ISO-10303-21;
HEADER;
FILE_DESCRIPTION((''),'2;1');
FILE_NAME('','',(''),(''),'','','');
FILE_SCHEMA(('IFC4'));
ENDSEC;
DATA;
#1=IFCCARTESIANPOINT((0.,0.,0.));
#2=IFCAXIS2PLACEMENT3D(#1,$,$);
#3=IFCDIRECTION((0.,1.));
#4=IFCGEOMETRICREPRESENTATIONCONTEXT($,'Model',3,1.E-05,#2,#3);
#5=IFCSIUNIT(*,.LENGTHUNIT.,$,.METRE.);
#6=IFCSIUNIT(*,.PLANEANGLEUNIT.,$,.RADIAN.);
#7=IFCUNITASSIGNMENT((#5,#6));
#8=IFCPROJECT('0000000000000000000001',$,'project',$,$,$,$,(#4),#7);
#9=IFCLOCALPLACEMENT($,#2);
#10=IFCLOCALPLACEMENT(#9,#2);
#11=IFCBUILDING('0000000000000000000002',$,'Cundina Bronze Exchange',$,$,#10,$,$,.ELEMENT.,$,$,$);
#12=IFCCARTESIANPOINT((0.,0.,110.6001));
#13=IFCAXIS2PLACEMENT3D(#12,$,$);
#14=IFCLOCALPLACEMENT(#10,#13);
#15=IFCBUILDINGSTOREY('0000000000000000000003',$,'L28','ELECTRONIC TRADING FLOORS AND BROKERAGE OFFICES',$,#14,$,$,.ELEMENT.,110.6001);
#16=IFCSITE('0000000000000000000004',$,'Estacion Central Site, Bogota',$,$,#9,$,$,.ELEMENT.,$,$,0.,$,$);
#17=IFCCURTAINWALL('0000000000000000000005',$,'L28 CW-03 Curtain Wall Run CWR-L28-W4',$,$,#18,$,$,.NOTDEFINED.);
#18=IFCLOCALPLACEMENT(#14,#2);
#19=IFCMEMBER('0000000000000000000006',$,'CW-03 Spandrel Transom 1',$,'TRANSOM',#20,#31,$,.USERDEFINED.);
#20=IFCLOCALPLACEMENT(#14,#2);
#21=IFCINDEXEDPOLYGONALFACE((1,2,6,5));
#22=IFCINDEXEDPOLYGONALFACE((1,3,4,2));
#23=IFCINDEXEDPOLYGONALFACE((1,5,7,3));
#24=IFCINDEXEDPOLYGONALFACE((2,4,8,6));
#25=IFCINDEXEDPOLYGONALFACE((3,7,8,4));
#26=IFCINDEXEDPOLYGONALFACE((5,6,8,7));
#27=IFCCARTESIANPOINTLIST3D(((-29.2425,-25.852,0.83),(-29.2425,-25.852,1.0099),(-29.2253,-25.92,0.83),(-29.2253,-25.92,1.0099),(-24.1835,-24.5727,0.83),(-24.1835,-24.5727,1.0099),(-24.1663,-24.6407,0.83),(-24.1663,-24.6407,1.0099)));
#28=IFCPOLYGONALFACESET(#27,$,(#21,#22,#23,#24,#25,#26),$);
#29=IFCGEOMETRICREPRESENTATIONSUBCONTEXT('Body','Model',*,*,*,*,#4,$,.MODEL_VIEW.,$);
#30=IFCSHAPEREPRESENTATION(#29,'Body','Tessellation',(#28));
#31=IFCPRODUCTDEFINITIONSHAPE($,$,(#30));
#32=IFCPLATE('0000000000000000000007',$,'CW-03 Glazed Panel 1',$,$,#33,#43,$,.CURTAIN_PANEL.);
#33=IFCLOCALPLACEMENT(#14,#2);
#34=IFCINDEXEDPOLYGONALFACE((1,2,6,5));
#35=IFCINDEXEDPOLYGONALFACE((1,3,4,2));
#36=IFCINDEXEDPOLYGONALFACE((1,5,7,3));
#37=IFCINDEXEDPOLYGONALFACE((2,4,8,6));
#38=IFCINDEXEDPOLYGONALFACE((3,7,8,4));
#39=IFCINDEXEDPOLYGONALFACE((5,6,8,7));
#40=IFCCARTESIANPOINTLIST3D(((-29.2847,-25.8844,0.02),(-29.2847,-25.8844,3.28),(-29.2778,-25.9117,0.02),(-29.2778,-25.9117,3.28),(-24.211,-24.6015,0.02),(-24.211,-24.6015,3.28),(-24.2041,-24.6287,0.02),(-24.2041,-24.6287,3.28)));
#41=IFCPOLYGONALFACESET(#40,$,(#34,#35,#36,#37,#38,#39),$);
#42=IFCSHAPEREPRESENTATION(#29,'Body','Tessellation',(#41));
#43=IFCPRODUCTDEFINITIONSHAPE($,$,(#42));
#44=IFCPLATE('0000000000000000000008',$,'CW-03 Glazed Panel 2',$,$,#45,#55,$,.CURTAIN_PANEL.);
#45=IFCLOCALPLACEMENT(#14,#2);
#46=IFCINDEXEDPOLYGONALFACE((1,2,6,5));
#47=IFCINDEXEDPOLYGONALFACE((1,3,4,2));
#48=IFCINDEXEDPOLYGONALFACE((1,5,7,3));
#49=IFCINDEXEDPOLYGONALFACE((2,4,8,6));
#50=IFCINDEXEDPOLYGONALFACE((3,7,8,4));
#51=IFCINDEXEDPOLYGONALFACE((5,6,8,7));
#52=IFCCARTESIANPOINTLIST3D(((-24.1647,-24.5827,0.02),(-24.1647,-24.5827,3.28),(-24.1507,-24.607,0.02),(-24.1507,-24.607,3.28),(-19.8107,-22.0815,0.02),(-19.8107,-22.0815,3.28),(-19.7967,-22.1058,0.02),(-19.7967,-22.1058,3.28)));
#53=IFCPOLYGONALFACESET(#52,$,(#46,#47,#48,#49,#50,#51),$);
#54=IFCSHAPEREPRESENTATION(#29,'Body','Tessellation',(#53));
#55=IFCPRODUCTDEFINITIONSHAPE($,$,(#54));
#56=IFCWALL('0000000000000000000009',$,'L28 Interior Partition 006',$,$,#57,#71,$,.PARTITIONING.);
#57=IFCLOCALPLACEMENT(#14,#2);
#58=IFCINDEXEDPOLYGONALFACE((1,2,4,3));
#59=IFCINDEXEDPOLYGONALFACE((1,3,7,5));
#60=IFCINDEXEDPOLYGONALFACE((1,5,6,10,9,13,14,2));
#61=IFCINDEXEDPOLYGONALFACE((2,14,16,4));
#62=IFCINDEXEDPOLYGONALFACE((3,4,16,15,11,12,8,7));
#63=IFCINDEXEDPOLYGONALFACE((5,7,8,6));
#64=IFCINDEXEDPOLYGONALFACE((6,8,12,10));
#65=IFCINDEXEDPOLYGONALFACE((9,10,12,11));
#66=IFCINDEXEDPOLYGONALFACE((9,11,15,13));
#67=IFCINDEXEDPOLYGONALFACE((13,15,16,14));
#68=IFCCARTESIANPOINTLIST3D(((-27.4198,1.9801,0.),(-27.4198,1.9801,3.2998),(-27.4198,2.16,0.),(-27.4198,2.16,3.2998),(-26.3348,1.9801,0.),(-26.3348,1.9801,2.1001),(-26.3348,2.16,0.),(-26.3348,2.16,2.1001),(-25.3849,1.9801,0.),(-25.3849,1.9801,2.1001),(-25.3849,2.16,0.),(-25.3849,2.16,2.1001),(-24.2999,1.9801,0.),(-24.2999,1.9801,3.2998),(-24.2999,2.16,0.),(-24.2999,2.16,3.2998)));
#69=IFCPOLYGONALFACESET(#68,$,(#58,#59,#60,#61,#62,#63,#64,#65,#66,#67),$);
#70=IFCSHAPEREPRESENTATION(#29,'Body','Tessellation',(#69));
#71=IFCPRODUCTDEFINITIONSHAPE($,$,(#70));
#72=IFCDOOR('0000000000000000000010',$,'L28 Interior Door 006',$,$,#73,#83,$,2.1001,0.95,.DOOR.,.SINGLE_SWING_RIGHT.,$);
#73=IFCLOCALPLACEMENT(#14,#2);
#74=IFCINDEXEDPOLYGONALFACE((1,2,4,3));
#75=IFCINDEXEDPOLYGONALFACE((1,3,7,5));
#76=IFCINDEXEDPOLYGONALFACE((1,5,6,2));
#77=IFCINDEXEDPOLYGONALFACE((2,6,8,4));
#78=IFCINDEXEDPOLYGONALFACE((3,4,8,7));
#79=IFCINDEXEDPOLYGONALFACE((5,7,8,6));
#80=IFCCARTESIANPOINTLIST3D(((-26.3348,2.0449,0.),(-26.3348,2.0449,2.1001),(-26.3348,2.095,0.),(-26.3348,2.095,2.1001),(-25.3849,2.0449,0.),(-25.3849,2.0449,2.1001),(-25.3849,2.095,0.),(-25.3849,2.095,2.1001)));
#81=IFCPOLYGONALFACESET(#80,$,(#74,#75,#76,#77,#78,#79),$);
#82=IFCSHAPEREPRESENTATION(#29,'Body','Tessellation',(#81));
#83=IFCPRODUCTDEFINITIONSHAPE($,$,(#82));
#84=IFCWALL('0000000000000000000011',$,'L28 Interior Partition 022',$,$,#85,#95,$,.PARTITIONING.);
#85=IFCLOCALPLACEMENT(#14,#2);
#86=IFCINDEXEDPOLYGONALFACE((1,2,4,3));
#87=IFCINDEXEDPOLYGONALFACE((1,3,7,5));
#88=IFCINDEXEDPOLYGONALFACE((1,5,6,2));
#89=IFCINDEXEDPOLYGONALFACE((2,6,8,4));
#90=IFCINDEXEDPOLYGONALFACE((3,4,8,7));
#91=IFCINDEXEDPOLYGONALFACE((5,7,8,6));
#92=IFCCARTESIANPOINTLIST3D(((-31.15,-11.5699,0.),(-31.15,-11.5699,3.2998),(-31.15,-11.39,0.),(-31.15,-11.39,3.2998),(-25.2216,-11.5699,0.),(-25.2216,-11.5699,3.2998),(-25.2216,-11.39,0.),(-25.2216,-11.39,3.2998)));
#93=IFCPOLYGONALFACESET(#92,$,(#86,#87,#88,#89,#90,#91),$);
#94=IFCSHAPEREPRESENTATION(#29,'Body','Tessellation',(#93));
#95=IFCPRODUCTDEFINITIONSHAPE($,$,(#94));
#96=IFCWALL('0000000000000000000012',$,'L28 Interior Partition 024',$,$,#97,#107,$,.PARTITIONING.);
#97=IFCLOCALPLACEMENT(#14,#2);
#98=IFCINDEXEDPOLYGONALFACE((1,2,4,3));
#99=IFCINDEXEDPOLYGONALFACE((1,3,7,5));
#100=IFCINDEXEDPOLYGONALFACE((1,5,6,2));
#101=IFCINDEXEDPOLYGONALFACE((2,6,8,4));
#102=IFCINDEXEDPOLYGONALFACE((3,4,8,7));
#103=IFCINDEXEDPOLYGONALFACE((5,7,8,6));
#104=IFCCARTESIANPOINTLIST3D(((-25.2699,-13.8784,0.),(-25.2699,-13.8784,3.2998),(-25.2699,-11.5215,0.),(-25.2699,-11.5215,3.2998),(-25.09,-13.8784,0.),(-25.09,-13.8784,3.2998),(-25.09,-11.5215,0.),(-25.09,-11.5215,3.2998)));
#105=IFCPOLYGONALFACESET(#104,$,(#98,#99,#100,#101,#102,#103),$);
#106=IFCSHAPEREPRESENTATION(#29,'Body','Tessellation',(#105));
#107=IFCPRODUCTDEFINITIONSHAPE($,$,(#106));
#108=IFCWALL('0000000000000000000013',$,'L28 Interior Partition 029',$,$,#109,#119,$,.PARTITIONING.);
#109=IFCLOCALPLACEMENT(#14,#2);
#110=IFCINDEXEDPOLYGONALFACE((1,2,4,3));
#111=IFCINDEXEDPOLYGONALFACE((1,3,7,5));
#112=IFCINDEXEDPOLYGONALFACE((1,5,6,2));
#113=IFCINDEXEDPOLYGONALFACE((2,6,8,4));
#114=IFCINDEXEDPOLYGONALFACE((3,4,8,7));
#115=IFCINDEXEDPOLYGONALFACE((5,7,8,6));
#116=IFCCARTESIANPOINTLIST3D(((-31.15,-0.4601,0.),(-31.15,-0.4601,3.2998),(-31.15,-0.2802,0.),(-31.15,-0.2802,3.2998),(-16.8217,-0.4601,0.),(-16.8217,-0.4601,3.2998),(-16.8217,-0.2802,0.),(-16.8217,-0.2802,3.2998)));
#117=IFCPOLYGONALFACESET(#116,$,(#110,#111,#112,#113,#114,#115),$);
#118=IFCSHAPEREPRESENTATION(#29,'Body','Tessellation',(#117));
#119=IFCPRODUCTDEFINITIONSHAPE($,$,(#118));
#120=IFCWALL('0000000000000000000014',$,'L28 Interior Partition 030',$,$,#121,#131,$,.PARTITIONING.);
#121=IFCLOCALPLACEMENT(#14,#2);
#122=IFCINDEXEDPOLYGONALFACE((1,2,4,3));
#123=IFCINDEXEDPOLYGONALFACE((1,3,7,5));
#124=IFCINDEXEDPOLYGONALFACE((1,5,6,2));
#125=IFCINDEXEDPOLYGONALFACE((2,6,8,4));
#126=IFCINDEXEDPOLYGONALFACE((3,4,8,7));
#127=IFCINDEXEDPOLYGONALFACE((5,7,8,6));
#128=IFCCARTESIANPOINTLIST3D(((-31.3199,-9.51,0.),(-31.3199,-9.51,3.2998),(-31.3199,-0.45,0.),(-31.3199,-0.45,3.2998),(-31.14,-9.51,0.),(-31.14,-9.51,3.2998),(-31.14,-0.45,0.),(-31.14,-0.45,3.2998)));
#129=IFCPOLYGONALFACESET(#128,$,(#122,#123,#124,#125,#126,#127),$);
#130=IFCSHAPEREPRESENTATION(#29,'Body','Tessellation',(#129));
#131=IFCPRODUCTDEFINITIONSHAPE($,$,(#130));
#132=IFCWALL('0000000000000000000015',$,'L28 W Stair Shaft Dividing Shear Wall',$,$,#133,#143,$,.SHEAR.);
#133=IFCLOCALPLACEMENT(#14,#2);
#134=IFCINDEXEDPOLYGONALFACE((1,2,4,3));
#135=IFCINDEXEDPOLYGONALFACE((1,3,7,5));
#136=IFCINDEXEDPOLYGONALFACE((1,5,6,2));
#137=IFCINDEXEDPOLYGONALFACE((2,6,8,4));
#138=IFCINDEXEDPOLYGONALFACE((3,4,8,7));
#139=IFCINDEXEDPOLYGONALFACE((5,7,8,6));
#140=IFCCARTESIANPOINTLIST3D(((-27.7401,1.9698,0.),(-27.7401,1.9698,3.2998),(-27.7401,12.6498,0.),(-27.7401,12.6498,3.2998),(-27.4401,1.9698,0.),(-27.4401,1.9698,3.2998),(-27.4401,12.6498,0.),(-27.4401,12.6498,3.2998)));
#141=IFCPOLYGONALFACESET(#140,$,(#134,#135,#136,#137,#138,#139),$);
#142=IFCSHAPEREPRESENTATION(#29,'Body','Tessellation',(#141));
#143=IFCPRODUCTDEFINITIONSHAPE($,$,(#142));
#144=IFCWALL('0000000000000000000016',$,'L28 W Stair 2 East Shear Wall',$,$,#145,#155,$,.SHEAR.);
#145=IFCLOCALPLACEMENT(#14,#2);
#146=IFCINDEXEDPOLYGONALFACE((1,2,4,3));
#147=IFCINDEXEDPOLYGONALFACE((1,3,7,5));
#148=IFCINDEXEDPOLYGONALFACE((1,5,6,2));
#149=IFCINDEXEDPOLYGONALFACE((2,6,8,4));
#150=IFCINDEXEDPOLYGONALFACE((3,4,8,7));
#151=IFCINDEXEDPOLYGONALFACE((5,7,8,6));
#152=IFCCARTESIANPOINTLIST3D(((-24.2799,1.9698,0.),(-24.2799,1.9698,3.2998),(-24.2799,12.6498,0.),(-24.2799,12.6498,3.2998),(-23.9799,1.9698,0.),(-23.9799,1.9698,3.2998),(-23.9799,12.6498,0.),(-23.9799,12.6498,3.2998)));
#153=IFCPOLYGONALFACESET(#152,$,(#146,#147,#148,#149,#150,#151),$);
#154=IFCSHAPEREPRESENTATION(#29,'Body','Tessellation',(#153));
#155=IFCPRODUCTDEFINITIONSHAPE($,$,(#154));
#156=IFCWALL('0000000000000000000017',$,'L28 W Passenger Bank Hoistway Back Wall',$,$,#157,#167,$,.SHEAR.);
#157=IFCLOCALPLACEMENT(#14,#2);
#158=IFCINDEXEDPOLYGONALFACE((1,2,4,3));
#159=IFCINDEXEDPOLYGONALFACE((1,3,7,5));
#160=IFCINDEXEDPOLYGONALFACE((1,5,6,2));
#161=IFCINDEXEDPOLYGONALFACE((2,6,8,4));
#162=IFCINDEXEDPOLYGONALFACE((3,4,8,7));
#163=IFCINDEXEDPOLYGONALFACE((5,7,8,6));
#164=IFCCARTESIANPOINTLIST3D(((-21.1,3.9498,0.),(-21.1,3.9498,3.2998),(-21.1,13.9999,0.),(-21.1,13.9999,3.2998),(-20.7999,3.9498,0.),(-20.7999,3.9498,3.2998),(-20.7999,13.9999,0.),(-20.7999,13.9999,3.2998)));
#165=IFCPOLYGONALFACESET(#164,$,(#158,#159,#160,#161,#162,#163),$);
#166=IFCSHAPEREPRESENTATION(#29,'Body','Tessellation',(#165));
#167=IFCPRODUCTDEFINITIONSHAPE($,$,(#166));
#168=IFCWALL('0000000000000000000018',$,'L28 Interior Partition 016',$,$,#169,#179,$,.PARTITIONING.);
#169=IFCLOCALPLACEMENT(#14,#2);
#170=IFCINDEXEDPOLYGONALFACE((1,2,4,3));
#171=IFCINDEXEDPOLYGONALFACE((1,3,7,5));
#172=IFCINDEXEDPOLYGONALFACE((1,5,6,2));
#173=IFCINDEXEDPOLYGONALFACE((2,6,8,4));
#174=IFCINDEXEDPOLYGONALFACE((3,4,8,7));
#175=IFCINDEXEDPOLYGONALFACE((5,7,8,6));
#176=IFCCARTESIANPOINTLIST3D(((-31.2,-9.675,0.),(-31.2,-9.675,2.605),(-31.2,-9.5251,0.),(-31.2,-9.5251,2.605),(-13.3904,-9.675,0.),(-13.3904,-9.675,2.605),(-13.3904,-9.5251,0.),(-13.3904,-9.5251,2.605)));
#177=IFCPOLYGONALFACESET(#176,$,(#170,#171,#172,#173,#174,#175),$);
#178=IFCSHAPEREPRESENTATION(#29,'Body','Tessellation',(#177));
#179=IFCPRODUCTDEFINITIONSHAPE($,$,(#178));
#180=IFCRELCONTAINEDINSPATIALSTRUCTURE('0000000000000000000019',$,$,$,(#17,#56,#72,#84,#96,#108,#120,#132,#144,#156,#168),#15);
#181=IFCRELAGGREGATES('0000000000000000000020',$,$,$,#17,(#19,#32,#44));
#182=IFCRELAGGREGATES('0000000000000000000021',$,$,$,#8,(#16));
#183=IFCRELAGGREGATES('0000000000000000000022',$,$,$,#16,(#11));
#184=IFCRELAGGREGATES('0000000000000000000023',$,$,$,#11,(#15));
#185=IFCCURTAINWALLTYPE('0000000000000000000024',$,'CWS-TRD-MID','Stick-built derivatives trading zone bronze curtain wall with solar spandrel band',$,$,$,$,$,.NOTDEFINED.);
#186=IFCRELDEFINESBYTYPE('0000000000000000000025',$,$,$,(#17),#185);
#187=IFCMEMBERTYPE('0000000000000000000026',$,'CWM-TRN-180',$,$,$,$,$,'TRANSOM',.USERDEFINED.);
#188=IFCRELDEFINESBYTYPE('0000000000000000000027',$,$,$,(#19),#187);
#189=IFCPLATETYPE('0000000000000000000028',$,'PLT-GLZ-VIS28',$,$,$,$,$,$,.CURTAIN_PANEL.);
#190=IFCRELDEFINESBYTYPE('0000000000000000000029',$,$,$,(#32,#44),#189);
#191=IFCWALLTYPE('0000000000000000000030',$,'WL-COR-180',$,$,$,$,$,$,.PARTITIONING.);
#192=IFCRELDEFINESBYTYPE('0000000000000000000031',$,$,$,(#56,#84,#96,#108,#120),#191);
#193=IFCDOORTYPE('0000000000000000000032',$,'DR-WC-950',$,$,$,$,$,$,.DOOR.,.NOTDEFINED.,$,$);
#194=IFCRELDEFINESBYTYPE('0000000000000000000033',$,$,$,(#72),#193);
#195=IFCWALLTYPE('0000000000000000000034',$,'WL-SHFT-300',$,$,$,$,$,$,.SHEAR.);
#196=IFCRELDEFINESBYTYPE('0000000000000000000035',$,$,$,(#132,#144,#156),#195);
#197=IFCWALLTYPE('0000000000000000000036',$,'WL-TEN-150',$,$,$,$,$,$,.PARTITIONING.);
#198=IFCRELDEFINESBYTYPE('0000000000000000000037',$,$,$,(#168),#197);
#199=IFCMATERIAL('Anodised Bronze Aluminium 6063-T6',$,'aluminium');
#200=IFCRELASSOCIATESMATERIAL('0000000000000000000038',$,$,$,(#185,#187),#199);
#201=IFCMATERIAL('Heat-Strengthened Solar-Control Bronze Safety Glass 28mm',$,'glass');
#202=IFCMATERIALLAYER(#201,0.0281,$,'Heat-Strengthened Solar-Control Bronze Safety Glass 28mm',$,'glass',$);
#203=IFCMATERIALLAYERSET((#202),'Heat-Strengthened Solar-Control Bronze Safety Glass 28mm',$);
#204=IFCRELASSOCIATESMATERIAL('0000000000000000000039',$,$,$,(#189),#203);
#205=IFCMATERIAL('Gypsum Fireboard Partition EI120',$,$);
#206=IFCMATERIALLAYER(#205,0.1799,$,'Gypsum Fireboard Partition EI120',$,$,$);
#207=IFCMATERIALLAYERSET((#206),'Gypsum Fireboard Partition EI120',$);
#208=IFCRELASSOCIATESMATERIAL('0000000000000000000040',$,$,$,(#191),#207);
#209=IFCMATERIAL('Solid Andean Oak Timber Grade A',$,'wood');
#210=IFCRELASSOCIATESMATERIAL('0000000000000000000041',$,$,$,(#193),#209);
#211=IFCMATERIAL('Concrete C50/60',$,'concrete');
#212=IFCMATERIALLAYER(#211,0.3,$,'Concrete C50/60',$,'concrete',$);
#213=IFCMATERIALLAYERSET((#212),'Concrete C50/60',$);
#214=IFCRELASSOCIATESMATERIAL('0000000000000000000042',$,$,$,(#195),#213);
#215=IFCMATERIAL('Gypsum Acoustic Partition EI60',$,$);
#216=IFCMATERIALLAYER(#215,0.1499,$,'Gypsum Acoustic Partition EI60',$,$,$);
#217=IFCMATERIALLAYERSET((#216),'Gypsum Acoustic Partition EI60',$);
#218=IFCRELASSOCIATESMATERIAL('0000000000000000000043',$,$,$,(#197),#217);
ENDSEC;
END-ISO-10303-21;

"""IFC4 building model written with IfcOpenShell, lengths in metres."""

from ifc_helpers import new_model, si_unit, direction, frame, frame_2d, origin, origin_2d, place, context, subcontext, project, spatial, rectangle, extrude, material, layer, layer_set, material_profile, profile_set, type_object, element, fill, aggregate, save


model = new_model("IFC4")

# Units and contexts
model_context = context("Model", 3, precision=1e-05, world=origin(), true_north=direction((0.0, 1.0)))
body_context = subcontext(model_context, "Body", "Model", "MODEL_VIEW")
ifc_project = project(units=[si_unit("LENGTHUNIT", "METRE"), si_unit("PLANEANGLEUNIT", "RADIAN")], contexts=[model_context])

# Site, building, storey
site_placement = place(None, origin())
site = spatial("IfcSite", under=ifc_project, at=site_placement, Name="Estacion Central Site, Bogota", CompositionType="ELEMENT", RefElevation=0.0)
building_placement = place(site_placement, origin())
building = spatial("IfcBuilding", under=site, at=building_placement, Name="Cundina Bronze Exchange", CompositionType="ELEMENT")
storey_placement = place(building_placement, frame((0.0, 0.0, 110.6001)))
storey = spatial("IfcBuildingStorey", under=building, at=storey_placement, Name="L28", Description="ELECTRONIC TRADING FLOORS AND BROKERAGE OFFICES", CompositionType="ELEMENT", Elevation=110.6001)

# Shared definitions
ifc_material_1 = material(Name="Anodised Bronze Aluminium 6063-T6", Category="aluminium")
curtain_wall_type = type_object("IfcCurtainWallType", Name="CWS-TRD-MID", Description="Stick-built derivatives trading zone bronze curtain wall with solar spandrel band", PredefinedType="NOTDEFINED", material=ifc_material_1)

# Curtain wall, member, plates
curtain_wall_1_placement = place(storey_placement, origin())
curtain_wall_1 = element("IfcCurtainWall", 1, at=curtain_wall_1_placement, inside=storey, type_object=curtain_wall_type, Name="L28 CW-03 Curtain Wall Run CWR-L28-W4", PredefinedType="NOTDEFINED")
ifc_material_profile_1 = material_profile(ifc_material_1, rectangle(XDim=0.0701, YDim=0.1799, at=origin_2d()), Name="AL70X180", Category="aluminium")
ifc_profile_set_1 = profile_set([ifc_material_profile_1], Name="Anodised Bronze Aluminium 6063-T6")
member_type_1 = type_object("IfcMemberType", Name="CWM-TRN-180", ElementType="TRANSOM", PredefinedType="USERDEFINED", material=ifc_profile_set_1)
member_1_placement = place(storey_placement, frame((-29.2339, -25.886, 0.9199), z_axis=(0.969484, 0.245155, 0.0), x_axis=(-0.245155, 0.969484, 0.0)))
member_1 = element("IfcMember", 2, at=member_1_placement, type_object=member_type_1, Name="CW-03 Spandrel Transom 1", ObjectType="TRANSOM", PredefinedType="USERDEFINED", context=body_context, shape_type="SweptSolid", body=[
    extrude(rectangle(XDim=0.0701, YDim=0.1799, at=origin_2d()), origin(), (0.0, 0.0, 1.0), 5.2183),
])
ifc_material_2 = material(Name="Heat-Strengthened Solar-Control Bronze Safety Glass 28mm", Category="glass")
ifc_layer_1 = layer(ifc_material_2, 0.0281, Name="Heat-Strengthened Solar-Control Bronze Safety Glass 28mm", Category="glass")
ifc_layer_set_1 = layer_set([ifc_layer_1], Name="Heat-Strengthened Solar-Control Bronze Safety Glass 28mm")
plate_type = type_object("IfcPlateType", Name="PLT-GLZ-VIS28", PredefinedType="CURTAIN_PANEL", material=ifc_layer_set_1)
plate_1_placement = place(storey_placement, frame((-26.7444, -25.2566, 0.02), z_axis=(0.0, 0.0, 1.0), x_axis=(0.969488, 0.245138, 0.0)))
plate_1 = element("IfcPlate", 3, at=plate_1_placement, type_object=plate_type, Name="CW-03 Glazed Panel 1", PredefinedType="CURTAIN_PANEL", context=body_context, shape_type="SweptSolid", body=[
    extrude(rectangle(XDim=5.2334, YDim=0.0281, at=origin_2d()), origin(), (0.0, 0.0, 1.0), 3.26),
])
plate_2_placement = place(storey_placement, frame((-21.9807, -23.3442, 0.02), z_axis=(0.0, 0.0, 1.0), x_axis=(0.867105, 0.498125, 0.0)))
plate_2 = element("IfcPlate", 4, at=plate_2_placement, type_object=plate_type, Name="CW-03 Glazed Panel 2", PredefinedType="CURTAIN_PANEL", context=body_context, shape_type="SweptSolid", body=[
    extrude(rectangle(XDim=5.0212, YDim=0.0281, at=origin_2d()), origin(), (0.0, 0.0, 1.0), 3.26),
])
aggregate(curtain_wall_1, [member_1, plate_1, plate_2])

# Wall, opening, door
ifc_material_3 = material(Name="Gypsum Fireboard Partition EI120")
ifc_layer_2 = layer(ifc_material_3, 0.1799, Name="Gypsum Fireboard Partition EI120")
ifc_layer_set_2 = layer_set([ifc_layer_2], Name="Gypsum Fireboard Partition EI120")
wall_type_1 = type_object("IfcWallType", Name="WL-COR-180", PredefinedType="PARTITIONING", material=ifc_layer_set_2)
wall_1_placement = place(storey_placement, frame((-27.4199, 2.0701, 0.0), z_axis=(0.0, 0.0, 1.0), x_axis=(1.0, 0.0, 0.0)))
wall_1 = element("IfcWall", 5, at=wall_1_placement, inside=storey, type_object=wall_type_1, Name="L28 Interior Partition 006", PredefinedType="PARTITIONING", context=body_context, shape_type="SweptSolid", body=[
    extrude(rectangle(XDim=3.1199, YDim=0.1799, at=frame_2d((1.5601, 0.0))), origin(), (0.0, 0.0, 1.0), 3.2998),
])
opening_1_placement = place(wall_1_placement, frame((1.085, 0.0, 0.0)))
opening_1 = element("IfcOpeningElement", 6, at=opening_1_placement, cuts=wall_1, PredefinedType="OPENING", context=body_context, shape_type="SweptSolid", body=[
    extrude(rectangle(XDim=0.95, YDim=2.1001, at=frame_2d((0.4751, 1.05))), frame((0.0, 0.0999, 0.0), z_axis=(0.0, -1.0, 0.0), x_axis=(1.0, 0.0, 0.0)), (0.0, 0.0, 1.0), 0.2),
])
ifc_material_4 = material(Name="Solid Andean Oak Timber Grade A", Category="wood")
door_type_1 = type_object("IfcDoorType", Name="DR-WC-950", OperationType="NOTDEFINED", PredefinedType="DOOR", material=ifc_material_4)
door_1_placement = place(opening_1_placement, origin())
door_1 = element("IfcDoor", 7, at=door_1_placement, inside=storey, type_object=door_type_1, Name="L28 Interior Door 006", OperationType="SINGLE_SWING_RIGHT", OverallHeight=2.1001, OverallWidth=0.95, PredefinedType="DOOR", context=body_context, shape_type="SweptSolid", body=[
    extrude(rectangle(XDim=0.95, YDim=2.1001, at=frame_2d((0.4751, 1.05))), frame((0.0, 0.0249, 0.0), z_axis=(0.0, -1.0, 0.0), x_axis=(1.0, 0.0, 0.0)), (0.0, 0.0, 1.0), 0.05),
])
fill(opening_1, door_1)

# Walls
wall_2_placement = place(storey_placement, frame((-25.2214, -11.48, 0.0), z_axis=(0.0, 0.0, 1.0), x_axis=(-1.0, 0.0, 0.0)))
element("IfcWall", 8, at=wall_2_placement, inside=storey, type_object=wall_type_1, Name="L28 Interior Partition 022", PredefinedType="PARTITIONING", context=body_context, shape_type="SweptSolid", body=[
    extrude(rectangle(XDim=5.9285, YDim=0.1799, at=frame_2d((2.9644, 0.0))), origin(), (0.0, 0.0, 1.0), 3.2998),
])
wall_3_placement = place(storey_placement, frame((-25.1799, -13.8784, 0.0), z_axis=(0.0, 0.0, 1.0), x_axis=(0.0, 1.0, 0.0)))
element("IfcWall", 9, at=wall_3_placement, inside=storey, type_object=wall_type_1, Name="L28 Interior Partition 024", PredefinedType="PARTITIONING", context=body_context, shape_type="SweptSolid", body=[
    extrude(rectangle(XDim=2.3569, YDim=0.1799, at=frame_2d((1.1785, 0.0))), origin(), (0.0, 0.0, 1.0), 3.2998),
])
wall_4_placement = place(storey_placement, frame((-31.1499, -0.3701, 0.0), z_axis=(0.0, 0.0, 1.0), x_axis=(1.0, 0.0, 0.0)))
element("IfcWall", 10, at=wall_4_placement, inside=storey, type_object=wall_type_1, Name="L28 Interior Partition 029", PredefinedType="PARTITIONING", context=body_context, shape_type="SweptSolid", body=[
    extrude(rectangle(XDim=14.3284, YDim=0.1799, at=frame_2d((7.1641, 0.0))), origin(), (0.0, 0.0, 1.0), 3.2998),
])
wall_5_placement = place(storey_placement, frame((-31.23, -9.51, 0.0), z_axis=(0.0, 0.0, 1.0), x_axis=(0.0, 1.0, 0.0)))
element("IfcWall", 11, at=wall_5_placement, inside=storey, type_object=wall_type_1, Name="L28 Interior Partition 030", PredefinedType="PARTITIONING", context=body_context, shape_type="SweptSolid", body=[
    extrude(rectangle(XDim=9.0601, YDim=0.1799, at=frame_2d((4.53, 0.0))), origin(), (0.0, 0.0, 1.0), 3.2998),
])
ifc_material_5 = material(Name="Concrete C50/60", Category="concrete")
ifc_layer_3 = layer(ifc_material_5, 0.3, Name="Concrete C50/60", Category="concrete")
ifc_layer_set_3 = layer_set([ifc_layer_3], Name="Concrete C50/60")
wall_type_2 = type_object("IfcWallType", Name="WL-SHFT-300", PredefinedType="SHEAR", material=ifc_layer_set_3)
for number, where, z_axis, x_axis, name in (
    (12, (-27.5901, 1.97, 0.0), (0.0, 0.0, 1.0), (0.0, 1.0, 0.0), "L28 W Stair Shaft Dividing Shear Wall"),
    (13, (-24.1299, 1.97, 0.0), (0.0, 0.0, 1.0), (0.0, 1.0, 0.0), "L28 W Stair 2 East Shear Wall"),
):
    element("IfcWall", number, at=place(storey_placement, frame(where, z_axis=z_axis, x_axis=x_axis)), inside=storey, type_object=wall_type_2, Name=name, PredefinedType="SHEAR", context=body_context, shape_type="SweptSolid", body=[
        extrude(rectangle(XDim=10.6799, YDim=0.3, at=frame_2d((5.3398, 0.0))), origin(), (0.0, 0.0, 1.0), 3.2998),
    ])
wall_6_placement = place(storey_placement, frame((-20.95, 3.95, 0.0), z_axis=(0.0, 0.0, 1.0), x_axis=(0.0, 1.0, 0.0)))
element("IfcWall", 14, at=wall_6_placement, inside=storey, type_object=wall_type_2, Name="L28 W Passenger Bank Hoistway Back Wall", PredefinedType="SHEAR", context=body_context, shape_type="SweptSolid", body=[
    extrude(rectangle(XDim=10.05, YDim=0.3, at=frame_2d((5.0249, 0.0))), origin(), (0.0, 0.0, 1.0), 3.2998),
])
ifc_material_6 = material(Name="Gypsum Acoustic Partition EI60")
ifc_layer_4 = layer(ifc_material_6, 0.1499, Name="Gypsum Acoustic Partition EI60")
ifc_layer_set_4 = layer_set([ifc_layer_4], Name="Gypsum Acoustic Partition EI60")
wall_type_3 = type_object("IfcWallType", Name="WL-TEN-150", PredefinedType="PARTITIONING", material=ifc_layer_set_4)
wall_7_placement = place(storey_placement, frame((-31.2, -9.6001, 0.0), z_axis=(0.0, 0.0, 1.0), x_axis=(1.0, 0.0, 0.0)))
element("IfcWall", 15, at=wall_7_placement, inside=storey, type_object=wall_type_3, Name="L28 Interior Partition 016", PredefinedType="PARTITIONING", context=body_context, shape_type="SweptSolid", body=[
    extrude(rectangle(XDim=17.8096, YDim=0.1499, at=frame_2d((8.9048, 0.0))), origin(), (0.0, 0.0, 1.0), 2.605),
])

save(model, "model.ifc")
